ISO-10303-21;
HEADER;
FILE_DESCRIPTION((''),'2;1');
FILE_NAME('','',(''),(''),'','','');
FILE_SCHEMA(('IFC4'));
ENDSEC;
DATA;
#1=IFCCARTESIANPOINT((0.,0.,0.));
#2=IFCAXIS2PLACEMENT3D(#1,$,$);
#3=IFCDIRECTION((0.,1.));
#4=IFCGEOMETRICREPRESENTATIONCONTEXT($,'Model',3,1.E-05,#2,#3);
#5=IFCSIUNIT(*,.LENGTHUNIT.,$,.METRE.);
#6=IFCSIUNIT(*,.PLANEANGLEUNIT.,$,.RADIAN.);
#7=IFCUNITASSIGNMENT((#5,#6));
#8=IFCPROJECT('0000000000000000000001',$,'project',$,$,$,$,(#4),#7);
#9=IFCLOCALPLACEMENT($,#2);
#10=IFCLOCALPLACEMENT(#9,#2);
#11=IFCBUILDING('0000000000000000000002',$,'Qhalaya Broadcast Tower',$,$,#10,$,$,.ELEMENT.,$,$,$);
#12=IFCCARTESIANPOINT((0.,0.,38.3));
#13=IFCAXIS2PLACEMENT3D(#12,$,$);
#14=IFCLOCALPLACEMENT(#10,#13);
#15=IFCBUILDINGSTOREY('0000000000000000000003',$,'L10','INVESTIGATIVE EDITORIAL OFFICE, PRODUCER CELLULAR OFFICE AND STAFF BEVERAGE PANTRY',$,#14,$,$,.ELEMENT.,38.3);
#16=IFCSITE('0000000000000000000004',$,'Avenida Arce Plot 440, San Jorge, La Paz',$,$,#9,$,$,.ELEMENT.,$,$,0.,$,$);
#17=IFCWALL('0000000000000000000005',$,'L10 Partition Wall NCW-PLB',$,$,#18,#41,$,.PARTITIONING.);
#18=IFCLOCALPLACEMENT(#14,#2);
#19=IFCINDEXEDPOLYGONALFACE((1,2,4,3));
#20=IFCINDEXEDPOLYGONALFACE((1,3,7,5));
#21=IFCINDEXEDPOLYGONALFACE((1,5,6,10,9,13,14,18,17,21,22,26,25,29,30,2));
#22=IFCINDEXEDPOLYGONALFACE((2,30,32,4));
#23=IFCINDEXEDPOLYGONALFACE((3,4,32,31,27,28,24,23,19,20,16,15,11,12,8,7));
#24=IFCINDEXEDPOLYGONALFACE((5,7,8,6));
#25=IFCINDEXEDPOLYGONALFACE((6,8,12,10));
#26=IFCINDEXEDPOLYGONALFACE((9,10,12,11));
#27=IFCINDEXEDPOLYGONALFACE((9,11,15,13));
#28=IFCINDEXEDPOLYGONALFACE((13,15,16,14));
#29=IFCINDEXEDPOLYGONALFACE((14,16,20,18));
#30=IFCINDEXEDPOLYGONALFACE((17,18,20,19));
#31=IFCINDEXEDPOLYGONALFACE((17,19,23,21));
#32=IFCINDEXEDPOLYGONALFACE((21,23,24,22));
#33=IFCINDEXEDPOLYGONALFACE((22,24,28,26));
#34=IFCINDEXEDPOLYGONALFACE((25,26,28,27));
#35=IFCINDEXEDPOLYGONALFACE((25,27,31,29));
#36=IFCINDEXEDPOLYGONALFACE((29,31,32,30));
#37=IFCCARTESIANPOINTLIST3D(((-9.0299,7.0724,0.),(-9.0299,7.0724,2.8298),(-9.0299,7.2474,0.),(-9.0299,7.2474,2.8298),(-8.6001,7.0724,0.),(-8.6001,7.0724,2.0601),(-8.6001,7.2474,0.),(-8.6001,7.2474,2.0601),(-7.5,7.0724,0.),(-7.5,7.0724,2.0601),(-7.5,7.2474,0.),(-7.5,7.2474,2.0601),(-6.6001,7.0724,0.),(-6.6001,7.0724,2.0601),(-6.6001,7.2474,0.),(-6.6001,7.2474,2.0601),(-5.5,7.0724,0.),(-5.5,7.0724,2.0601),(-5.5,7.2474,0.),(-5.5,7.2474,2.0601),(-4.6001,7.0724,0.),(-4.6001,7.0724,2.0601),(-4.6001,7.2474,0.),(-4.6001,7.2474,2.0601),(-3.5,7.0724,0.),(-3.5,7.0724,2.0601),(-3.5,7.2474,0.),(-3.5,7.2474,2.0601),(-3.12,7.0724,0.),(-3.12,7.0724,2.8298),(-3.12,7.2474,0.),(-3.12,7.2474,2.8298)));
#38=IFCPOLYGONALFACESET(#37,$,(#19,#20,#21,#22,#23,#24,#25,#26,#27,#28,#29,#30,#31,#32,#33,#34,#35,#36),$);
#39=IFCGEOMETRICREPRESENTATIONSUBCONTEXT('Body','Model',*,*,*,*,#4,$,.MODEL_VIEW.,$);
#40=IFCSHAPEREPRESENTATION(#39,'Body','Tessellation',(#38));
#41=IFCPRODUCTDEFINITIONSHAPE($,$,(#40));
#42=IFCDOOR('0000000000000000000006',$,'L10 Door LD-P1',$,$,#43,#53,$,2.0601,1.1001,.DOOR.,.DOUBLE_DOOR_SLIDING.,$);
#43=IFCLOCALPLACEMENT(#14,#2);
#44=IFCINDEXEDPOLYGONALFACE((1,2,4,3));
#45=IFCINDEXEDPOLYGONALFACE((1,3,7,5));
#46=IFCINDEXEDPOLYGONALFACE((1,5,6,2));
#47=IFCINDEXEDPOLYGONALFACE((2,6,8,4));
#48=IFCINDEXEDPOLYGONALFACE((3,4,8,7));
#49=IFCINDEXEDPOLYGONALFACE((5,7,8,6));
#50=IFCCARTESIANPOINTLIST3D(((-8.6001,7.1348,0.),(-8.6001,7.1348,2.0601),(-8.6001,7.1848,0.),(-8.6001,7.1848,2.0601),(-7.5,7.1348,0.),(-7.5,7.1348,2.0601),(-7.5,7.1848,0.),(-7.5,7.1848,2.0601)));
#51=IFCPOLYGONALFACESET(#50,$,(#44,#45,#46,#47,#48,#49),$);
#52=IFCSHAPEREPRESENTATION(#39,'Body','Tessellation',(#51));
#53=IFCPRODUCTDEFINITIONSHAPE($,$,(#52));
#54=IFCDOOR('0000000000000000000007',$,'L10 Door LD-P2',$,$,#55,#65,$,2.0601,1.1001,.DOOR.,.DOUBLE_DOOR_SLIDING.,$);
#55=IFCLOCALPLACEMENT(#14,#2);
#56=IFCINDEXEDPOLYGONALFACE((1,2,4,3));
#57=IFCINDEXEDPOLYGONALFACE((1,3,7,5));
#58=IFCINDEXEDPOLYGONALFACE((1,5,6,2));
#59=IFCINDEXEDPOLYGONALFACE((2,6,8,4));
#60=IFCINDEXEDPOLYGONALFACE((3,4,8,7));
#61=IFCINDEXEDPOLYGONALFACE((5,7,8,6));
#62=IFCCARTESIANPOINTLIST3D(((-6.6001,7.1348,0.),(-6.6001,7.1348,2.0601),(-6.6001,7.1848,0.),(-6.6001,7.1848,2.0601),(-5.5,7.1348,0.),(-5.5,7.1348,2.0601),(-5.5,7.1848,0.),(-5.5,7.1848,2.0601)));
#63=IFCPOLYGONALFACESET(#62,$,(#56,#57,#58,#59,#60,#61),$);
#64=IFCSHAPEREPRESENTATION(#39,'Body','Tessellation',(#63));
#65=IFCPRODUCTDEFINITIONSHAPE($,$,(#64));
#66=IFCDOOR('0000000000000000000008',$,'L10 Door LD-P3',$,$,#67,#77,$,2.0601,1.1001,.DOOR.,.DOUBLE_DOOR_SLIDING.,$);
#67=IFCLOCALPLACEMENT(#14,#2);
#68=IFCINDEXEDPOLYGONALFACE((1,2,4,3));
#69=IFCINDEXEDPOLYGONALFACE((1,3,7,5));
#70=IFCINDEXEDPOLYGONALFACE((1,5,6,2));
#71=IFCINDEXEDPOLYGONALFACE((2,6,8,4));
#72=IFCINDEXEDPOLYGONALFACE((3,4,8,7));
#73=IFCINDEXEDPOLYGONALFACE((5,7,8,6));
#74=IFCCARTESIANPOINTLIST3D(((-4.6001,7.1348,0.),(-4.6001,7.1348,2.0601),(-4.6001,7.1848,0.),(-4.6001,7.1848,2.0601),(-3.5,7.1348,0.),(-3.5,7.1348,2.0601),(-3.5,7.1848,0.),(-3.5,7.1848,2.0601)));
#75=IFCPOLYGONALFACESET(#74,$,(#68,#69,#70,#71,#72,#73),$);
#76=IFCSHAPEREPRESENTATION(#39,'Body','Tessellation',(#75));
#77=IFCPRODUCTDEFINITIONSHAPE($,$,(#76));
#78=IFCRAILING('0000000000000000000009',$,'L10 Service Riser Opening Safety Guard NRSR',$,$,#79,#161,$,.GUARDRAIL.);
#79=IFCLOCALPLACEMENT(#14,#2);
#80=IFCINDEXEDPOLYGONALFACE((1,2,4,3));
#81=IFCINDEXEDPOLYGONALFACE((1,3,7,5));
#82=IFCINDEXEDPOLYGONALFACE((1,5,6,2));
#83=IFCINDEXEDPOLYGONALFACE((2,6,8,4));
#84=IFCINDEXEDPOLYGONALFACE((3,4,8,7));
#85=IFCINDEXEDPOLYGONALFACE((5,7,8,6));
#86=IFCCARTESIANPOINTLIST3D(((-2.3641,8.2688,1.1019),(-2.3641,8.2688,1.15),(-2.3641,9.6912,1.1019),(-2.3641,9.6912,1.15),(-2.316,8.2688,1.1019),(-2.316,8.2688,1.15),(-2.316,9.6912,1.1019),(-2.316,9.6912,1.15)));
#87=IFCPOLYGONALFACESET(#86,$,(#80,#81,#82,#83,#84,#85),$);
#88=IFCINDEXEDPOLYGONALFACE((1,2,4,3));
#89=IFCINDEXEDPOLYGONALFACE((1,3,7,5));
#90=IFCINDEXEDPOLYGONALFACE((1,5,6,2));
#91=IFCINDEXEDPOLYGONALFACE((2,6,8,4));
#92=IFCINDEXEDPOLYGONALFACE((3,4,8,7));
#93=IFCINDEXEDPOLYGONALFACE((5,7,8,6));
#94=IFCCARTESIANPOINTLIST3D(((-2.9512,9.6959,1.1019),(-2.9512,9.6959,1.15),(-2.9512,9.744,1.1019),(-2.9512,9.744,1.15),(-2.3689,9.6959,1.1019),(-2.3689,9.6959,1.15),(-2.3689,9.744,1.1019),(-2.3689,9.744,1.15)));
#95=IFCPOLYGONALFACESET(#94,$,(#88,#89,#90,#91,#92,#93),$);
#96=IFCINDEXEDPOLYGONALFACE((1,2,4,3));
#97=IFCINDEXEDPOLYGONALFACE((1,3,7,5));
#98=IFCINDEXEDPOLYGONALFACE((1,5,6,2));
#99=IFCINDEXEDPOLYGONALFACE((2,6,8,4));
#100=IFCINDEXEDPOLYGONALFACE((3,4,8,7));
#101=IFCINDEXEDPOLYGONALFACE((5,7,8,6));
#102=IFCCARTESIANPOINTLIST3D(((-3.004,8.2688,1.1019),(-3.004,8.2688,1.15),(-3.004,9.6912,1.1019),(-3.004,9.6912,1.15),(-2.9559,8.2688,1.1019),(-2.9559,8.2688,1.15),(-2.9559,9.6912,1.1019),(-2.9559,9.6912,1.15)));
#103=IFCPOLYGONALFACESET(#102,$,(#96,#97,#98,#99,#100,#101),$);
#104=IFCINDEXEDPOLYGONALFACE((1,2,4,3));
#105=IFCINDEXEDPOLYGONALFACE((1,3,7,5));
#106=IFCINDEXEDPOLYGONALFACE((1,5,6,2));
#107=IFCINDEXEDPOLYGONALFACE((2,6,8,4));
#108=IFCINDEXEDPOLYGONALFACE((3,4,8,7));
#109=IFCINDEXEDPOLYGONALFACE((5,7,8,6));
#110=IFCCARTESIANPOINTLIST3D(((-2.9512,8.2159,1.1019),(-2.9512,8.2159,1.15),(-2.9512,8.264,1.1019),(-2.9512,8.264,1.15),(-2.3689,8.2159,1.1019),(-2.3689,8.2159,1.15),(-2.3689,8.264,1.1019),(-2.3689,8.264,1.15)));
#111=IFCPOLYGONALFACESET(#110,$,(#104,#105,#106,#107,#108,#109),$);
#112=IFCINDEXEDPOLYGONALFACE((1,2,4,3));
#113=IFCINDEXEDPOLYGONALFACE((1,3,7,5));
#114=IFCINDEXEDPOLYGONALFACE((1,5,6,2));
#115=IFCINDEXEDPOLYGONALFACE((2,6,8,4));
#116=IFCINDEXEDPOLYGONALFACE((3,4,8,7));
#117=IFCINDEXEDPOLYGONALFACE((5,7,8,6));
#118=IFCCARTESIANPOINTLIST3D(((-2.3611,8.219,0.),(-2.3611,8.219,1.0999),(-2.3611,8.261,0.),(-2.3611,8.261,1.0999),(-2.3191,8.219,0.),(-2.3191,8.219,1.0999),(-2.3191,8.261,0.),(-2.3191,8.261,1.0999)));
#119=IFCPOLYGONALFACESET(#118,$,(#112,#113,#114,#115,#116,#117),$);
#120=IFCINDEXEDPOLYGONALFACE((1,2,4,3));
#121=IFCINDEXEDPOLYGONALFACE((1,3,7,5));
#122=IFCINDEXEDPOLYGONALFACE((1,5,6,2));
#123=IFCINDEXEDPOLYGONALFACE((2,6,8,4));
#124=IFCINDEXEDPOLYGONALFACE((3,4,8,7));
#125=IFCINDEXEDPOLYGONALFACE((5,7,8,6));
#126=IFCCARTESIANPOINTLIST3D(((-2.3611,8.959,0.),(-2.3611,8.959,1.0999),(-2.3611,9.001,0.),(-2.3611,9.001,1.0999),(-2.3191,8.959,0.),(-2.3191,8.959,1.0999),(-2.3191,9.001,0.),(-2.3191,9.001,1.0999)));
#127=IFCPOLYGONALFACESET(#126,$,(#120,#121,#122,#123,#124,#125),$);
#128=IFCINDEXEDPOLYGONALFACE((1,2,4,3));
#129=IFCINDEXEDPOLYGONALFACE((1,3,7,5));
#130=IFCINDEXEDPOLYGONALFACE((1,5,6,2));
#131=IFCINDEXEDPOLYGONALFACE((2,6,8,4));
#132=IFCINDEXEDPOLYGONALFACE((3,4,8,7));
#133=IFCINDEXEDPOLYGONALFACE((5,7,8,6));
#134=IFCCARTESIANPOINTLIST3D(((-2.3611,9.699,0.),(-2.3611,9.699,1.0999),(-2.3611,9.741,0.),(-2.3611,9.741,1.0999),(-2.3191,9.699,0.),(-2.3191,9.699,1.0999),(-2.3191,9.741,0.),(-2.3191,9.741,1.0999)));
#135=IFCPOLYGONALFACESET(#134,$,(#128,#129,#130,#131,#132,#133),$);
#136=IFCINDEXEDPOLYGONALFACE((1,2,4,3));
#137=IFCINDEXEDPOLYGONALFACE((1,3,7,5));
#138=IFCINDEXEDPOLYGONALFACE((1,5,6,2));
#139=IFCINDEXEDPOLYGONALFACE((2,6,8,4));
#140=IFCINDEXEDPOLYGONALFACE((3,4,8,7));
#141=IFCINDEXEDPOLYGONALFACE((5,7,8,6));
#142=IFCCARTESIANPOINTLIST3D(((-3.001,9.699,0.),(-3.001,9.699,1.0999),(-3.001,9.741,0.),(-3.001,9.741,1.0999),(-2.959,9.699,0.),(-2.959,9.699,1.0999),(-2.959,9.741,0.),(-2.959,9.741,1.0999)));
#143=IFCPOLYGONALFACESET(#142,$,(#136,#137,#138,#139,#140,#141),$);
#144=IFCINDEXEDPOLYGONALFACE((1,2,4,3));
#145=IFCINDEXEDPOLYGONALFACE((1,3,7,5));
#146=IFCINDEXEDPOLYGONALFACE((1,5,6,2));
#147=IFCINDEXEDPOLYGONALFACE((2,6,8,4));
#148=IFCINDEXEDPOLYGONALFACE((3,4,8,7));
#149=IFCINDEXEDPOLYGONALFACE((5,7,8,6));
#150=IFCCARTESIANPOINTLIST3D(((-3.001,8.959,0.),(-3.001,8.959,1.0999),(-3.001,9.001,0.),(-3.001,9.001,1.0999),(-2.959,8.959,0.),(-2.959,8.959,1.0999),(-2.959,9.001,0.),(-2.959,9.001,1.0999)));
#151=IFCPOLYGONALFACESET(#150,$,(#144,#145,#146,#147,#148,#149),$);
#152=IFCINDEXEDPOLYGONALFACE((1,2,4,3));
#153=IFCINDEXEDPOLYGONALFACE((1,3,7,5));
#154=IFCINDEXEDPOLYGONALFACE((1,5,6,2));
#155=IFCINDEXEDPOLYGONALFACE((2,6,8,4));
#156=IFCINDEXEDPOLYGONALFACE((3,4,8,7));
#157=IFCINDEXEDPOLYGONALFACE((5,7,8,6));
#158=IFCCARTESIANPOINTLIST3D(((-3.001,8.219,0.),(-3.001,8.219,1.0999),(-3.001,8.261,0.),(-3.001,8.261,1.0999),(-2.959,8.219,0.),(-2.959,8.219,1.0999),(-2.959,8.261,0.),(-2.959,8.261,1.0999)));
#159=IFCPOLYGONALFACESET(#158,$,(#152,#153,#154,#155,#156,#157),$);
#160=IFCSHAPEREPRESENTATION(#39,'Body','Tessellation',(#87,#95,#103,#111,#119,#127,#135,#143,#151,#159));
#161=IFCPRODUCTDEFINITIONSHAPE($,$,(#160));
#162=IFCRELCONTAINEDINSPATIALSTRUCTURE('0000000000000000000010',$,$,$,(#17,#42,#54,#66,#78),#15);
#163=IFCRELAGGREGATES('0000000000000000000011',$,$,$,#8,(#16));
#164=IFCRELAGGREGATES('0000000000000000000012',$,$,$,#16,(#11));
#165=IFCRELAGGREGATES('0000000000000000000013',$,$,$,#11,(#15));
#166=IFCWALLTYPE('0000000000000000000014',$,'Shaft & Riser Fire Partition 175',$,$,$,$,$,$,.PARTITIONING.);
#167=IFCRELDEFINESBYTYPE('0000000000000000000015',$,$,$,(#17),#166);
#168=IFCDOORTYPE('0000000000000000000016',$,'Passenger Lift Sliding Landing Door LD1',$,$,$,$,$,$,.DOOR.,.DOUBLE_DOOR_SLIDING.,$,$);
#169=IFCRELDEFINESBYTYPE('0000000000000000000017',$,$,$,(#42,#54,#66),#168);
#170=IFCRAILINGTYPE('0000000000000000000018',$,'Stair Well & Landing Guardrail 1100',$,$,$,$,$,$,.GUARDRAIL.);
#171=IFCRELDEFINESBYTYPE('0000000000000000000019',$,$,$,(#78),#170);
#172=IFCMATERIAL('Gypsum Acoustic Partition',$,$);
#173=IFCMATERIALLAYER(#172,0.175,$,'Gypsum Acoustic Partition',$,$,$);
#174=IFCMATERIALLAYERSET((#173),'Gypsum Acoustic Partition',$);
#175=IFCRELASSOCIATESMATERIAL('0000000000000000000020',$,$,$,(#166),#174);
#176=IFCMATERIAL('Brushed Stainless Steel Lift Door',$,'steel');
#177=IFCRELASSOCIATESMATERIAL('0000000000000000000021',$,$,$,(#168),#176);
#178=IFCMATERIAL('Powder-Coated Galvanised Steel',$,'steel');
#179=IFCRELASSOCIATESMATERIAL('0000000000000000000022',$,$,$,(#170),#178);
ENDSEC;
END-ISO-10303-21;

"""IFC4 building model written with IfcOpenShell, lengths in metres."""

from ifc_helpers import new_model, si_unit, direction, frame, frame_2d, origin, origin_2d, place, context, subcontext, project, spatial, rectangle, extrude, material, layer, layer_set, type_object, element, fill, save


model = new_model("IFC4")

# Units and contexts
model_context = context("Model", 3, precision=1e-05, world=origin(), true_north=direction((0.0, 1.0)))
body_context = subcontext(model_context, "Body", "Model", "MODEL_VIEW")
ifc_project = project(units=[si_unit("LENGTHUNIT", "METRE"), si_unit("PLANEANGLEUNIT", "RADIAN")], contexts=[model_context])

# Site, building, storey
site_placement = place(None, origin())
site = spatial("IfcSite", under=ifc_project, at=site_placement, Name="Avenida Arce Plot 440, San Jorge, La Paz", CompositionType="ELEMENT", RefElevation=0.0)
building_placement = place(site_placement, origin())
building = spatial("IfcBuilding", under=site, at=building_placement, Name="Qhalaya Broadcast Tower", CompositionType="ELEMENT")
storey_placement = place(building_placement, frame((0.0, 0.0, 38.3)))
storey = spatial("IfcBuildingStorey", under=building, at=storey_placement, Name="L10", Description="INVESTIGATIVE EDITORIAL OFFICE, PRODUCER CELLULAR OFFICE AND STAFF BEVERAGE PANTRY", CompositionType="ELEMENT", Elevation=38.3)

# Shared definitions
ifc_material_1 = material(Name="Gypsum Acoustic Partition")

# Wall, openings, doors
ifc_layer_1 = layer(ifc_material_1, 0.175, Name="Gypsum Acoustic Partition")
ifc_layer_set_1 = layer_set([ifc_layer_1], Name="Gypsum Acoustic Partition")
wall_type_1 = type_object("IfcWallType", Name="Shaft & Riser Fire Partition 175", PredefinedType="PARTITIONING", material=ifc_layer_set_1)
wall_1_placement = place(storey_placement, frame((-9.03, 7.1599, 0.0), z_axis=(0.0, 0.0, 1.0), x_axis=(1.0, 0.0, 0.0)))
wall_1 = element("IfcWall", 1, at=wall_1_placement, inside=storey, type_object=wall_type_1, Name="L10 Partition Wall NCW-PLB", PredefinedType="PARTITIONING", context=body_context, shape_type="SweptSolid", body=[
    extrude(rectangle(XDim=5.9099, YDim=0.175, at=frame_2d((2.9551, 0.0))), origin(), (0.0, 0.0, 1.0), 2.8298),
])
opening_1_placement = place(wall_1_placement, frame((0.4299, 0.0, 0.0)))
opening_1 = element("IfcOpeningElement", 2, at=opening_1_placement, cuts=wall_1, PredefinedType="OPENING", context=body_context, shape_type="SweptSolid", body=[
    extrude(rectangle(XDim=1.1001, YDim=2.0601, at=frame_2d((0.55, 1.03))), frame((0.0, 0.0996, 0.0), z_axis=(0.0, -1.0, 0.0), x_axis=(1.0, 0.0, 0.0)), (0.0, 0.0, 1.0), 0.199),
])
opening_2_placement = place(wall_1_placement, frame((2.4299, 0.0, 0.0)))
opening_2 = element("IfcOpeningElement", 3, at=opening_2_placement, cuts=wall_1, PredefinedType="OPENING", context=body_context, shape_type="SweptSolid", body=[
    extrude(rectangle(XDim=1.1001, YDim=2.0601, at=frame_2d((0.55, 1.03))), frame((0.0, 0.0996, 0.0), z_axis=(0.0, -1.0, 0.0), x_axis=(1.0, 0.0, 0.0)), (0.0, 0.0, 1.0), 0.199),
])
opening_3_placement = place(wall_1_placement, frame((4.4299, 0.0, 0.0)))
opening_3 = element("IfcOpeningElement", 4, at=opening_3_placement, cuts=wall_1, PredefinedType="OPENING", context=body_context, shape_type="SweptSolid", body=[
    extrude(rectangle(XDim=1.1001, YDim=2.0601, at=frame_2d((0.55, 1.03))), frame((0.0, 0.0996, 0.0), z_axis=(0.0, -1.0, 0.0), x_axis=(1.0, 0.0, 0.0)), (0.0, 0.0, 1.0), 0.199),
])
ifc_material_2 = material(Name="Brushed Stainless Steel Lift Door", Category="steel")
door_type = type_object("IfcDoorType", Name="Passenger Lift Sliding Landing Door LD1", OperationType="DOUBLE_DOOR_SLIDING", PredefinedType="DOOR", material=ifc_material_2)
door_1_placement = place(opening_1_placement, origin())
door_1 = element("IfcDoor", 5, at=door_1_placement, inside=storey, type_object=door_type, Name="L10 Door LD-P1", OperationType="DOUBLE_DOOR_SLIDING", OverallHeight=2.0601, OverallWidth=1.1001, PredefinedType="DOOR", context=body_context, shape_type="SweptSolid", body=[
    extrude(rectangle(XDim=1.1001, YDim=2.0601, at=frame_2d((0.55, 1.03))), frame((0.0, 0.0249, 0.0), z_axis=(0.0, -1.0, 0.0), x_axis=(1.0, 0.0, 0.0)), (0.0, 0.0, 1.0), 0.05),
])
fill(opening_1, door_1)
door_2_placement = place(opening_2_placement, origin())
door_2 = element("IfcDoor", 6, at=door_2_placement, inside=storey, type_object=door_type, Name="L10 Door LD-P2", OperationType="DOUBLE_DOOR_SLIDING", OverallHeight=2.0601, OverallWidth=1.1001, PredefinedType="DOOR", context=body_context, shape_type="SweptSolid", body=[
    extrude(rectangle(XDim=1.1001, YDim=2.0601, at=frame_2d((0.55, 1.03))), frame((0.0, 0.0249, 0.0), z_axis=(0.0, -1.0, 0.0), x_axis=(1.0, 0.0, 0.0)), (0.0, 0.0, 1.0), 0.05),
])
fill(opening_2, door_2)
door_3_placement = place(opening_3_placement, origin())
door_3 = element("IfcDoor", 7, at=door_3_placement, inside=storey, type_object=door_type, Name="L10 Door LD-P3", OperationType="DOUBLE_DOOR_SLIDING", OverallHeight=2.0601, OverallWidth=1.1001, PredefinedType="DOOR", context=body_context, shape_type="SweptSolid", body=[
    extrude(rectangle(XDim=1.1001, YDim=2.0601, at=frame_2d((0.55, 1.03))), frame((0.0, 0.0249, 0.0), z_axis=(0.0, -1.0, 0.0), x_axis=(1.0, 0.0, 0.0)), (0.0, 0.0, 1.0), 0.05),
])
fill(opening_3, door_3)

# Railing
ifc_material_3 = material(Name="Powder-Coated Galvanised Steel", Category="steel")
railing_type = type_object("IfcRailingType", Name="Stair Well & Landing Guardrail 1100", PredefinedType="GUARDRAIL", material=ifc_material_3)
railing_placement = place(storey_placement, frame((-2.3401, 8.24, 0.0)))
element("IfcRailing", 8, at=railing_placement, inside=storey, type_object=railing_type, Name="L10 Service Riser Opening Safety Guard NRSR", PredefinedType="GUARDRAIL", context=body_context, shape_type="SweptSolid", body=[
    extrude(rectangle(XDim=0.0481, YDim=0.0481, at=origin_2d()), frame((0.0, 0.0288, 1.126), z_axis=(0.0, 1.0, 0.0), x_axis=(-1.0, 0.0, 0.0)), (0.0, 0.0, 1.0), 1.4224),
    extrude(rectangle(XDim=0.0481, YDim=0.0481, at=origin_2d()), frame((-0.0288, 1.48, 1.126), z_axis=(-1.0, 0.0, 0.0), x_axis=(0.0, -1.0, 0.0)), (0.0, 0.0, 1.0), 0.5823),
    extrude(rectangle(XDim=0.0481, YDim=0.0481, at=origin_2d()), frame((-0.6399, 1.4512, 1.126), z_axis=(0.0, -1.0, 0.0), x_axis=(1.0, 0.0, 0.0)), (0.0, 0.0, 1.0), 1.4224),
    extrude(rectangle(XDim=0.0481, YDim=0.0481, at=origin_2d()), frame((-0.6111, 0.0, 1.126), z_axis=(1.0, 0.0, 0.0), x_axis=(0.0, 1.0, 0.0)), (0.0, 0.0, 1.0), 0.5823),
    extrude(rectangle(XDim=0.042, YDim=0.042, at=origin_2d()), origin(), (0.0, 0.0, 1.0), 1.0999),
    extrude(rectangle(XDim=0.042, YDim=0.042, at=origin_2d()), frame((0.0, 0.74, 0.0)), (0.0, 0.0, 1.0), 1.0999),
    extrude(rectangle(XDim=0.042, YDim=0.042, at=origin_2d()), frame((0.0, 1.48, 0.0)), (0.0, 0.0, 1.0), 1.0999),
    extrude(rectangle(XDim=0.042, YDim=0.042, at=origin_2d()), frame((-0.6399, 1.48, 0.0)), (0.0, 0.0, 1.0), 1.0999),
    extrude(rectangle(XDim=0.042, YDim=0.042, at=origin_2d()), frame((-0.6399, 0.74, 0.0)), (0.0, 0.0, 1.0), 1.0999),
    extrude(rectangle(XDim=0.042, YDim=0.042, at=origin_2d()), frame((-0.6399, 0.0, 0.0)), (0.0, 0.0, 1.0), 1.0999),
])

save(model, "model.ifc")
